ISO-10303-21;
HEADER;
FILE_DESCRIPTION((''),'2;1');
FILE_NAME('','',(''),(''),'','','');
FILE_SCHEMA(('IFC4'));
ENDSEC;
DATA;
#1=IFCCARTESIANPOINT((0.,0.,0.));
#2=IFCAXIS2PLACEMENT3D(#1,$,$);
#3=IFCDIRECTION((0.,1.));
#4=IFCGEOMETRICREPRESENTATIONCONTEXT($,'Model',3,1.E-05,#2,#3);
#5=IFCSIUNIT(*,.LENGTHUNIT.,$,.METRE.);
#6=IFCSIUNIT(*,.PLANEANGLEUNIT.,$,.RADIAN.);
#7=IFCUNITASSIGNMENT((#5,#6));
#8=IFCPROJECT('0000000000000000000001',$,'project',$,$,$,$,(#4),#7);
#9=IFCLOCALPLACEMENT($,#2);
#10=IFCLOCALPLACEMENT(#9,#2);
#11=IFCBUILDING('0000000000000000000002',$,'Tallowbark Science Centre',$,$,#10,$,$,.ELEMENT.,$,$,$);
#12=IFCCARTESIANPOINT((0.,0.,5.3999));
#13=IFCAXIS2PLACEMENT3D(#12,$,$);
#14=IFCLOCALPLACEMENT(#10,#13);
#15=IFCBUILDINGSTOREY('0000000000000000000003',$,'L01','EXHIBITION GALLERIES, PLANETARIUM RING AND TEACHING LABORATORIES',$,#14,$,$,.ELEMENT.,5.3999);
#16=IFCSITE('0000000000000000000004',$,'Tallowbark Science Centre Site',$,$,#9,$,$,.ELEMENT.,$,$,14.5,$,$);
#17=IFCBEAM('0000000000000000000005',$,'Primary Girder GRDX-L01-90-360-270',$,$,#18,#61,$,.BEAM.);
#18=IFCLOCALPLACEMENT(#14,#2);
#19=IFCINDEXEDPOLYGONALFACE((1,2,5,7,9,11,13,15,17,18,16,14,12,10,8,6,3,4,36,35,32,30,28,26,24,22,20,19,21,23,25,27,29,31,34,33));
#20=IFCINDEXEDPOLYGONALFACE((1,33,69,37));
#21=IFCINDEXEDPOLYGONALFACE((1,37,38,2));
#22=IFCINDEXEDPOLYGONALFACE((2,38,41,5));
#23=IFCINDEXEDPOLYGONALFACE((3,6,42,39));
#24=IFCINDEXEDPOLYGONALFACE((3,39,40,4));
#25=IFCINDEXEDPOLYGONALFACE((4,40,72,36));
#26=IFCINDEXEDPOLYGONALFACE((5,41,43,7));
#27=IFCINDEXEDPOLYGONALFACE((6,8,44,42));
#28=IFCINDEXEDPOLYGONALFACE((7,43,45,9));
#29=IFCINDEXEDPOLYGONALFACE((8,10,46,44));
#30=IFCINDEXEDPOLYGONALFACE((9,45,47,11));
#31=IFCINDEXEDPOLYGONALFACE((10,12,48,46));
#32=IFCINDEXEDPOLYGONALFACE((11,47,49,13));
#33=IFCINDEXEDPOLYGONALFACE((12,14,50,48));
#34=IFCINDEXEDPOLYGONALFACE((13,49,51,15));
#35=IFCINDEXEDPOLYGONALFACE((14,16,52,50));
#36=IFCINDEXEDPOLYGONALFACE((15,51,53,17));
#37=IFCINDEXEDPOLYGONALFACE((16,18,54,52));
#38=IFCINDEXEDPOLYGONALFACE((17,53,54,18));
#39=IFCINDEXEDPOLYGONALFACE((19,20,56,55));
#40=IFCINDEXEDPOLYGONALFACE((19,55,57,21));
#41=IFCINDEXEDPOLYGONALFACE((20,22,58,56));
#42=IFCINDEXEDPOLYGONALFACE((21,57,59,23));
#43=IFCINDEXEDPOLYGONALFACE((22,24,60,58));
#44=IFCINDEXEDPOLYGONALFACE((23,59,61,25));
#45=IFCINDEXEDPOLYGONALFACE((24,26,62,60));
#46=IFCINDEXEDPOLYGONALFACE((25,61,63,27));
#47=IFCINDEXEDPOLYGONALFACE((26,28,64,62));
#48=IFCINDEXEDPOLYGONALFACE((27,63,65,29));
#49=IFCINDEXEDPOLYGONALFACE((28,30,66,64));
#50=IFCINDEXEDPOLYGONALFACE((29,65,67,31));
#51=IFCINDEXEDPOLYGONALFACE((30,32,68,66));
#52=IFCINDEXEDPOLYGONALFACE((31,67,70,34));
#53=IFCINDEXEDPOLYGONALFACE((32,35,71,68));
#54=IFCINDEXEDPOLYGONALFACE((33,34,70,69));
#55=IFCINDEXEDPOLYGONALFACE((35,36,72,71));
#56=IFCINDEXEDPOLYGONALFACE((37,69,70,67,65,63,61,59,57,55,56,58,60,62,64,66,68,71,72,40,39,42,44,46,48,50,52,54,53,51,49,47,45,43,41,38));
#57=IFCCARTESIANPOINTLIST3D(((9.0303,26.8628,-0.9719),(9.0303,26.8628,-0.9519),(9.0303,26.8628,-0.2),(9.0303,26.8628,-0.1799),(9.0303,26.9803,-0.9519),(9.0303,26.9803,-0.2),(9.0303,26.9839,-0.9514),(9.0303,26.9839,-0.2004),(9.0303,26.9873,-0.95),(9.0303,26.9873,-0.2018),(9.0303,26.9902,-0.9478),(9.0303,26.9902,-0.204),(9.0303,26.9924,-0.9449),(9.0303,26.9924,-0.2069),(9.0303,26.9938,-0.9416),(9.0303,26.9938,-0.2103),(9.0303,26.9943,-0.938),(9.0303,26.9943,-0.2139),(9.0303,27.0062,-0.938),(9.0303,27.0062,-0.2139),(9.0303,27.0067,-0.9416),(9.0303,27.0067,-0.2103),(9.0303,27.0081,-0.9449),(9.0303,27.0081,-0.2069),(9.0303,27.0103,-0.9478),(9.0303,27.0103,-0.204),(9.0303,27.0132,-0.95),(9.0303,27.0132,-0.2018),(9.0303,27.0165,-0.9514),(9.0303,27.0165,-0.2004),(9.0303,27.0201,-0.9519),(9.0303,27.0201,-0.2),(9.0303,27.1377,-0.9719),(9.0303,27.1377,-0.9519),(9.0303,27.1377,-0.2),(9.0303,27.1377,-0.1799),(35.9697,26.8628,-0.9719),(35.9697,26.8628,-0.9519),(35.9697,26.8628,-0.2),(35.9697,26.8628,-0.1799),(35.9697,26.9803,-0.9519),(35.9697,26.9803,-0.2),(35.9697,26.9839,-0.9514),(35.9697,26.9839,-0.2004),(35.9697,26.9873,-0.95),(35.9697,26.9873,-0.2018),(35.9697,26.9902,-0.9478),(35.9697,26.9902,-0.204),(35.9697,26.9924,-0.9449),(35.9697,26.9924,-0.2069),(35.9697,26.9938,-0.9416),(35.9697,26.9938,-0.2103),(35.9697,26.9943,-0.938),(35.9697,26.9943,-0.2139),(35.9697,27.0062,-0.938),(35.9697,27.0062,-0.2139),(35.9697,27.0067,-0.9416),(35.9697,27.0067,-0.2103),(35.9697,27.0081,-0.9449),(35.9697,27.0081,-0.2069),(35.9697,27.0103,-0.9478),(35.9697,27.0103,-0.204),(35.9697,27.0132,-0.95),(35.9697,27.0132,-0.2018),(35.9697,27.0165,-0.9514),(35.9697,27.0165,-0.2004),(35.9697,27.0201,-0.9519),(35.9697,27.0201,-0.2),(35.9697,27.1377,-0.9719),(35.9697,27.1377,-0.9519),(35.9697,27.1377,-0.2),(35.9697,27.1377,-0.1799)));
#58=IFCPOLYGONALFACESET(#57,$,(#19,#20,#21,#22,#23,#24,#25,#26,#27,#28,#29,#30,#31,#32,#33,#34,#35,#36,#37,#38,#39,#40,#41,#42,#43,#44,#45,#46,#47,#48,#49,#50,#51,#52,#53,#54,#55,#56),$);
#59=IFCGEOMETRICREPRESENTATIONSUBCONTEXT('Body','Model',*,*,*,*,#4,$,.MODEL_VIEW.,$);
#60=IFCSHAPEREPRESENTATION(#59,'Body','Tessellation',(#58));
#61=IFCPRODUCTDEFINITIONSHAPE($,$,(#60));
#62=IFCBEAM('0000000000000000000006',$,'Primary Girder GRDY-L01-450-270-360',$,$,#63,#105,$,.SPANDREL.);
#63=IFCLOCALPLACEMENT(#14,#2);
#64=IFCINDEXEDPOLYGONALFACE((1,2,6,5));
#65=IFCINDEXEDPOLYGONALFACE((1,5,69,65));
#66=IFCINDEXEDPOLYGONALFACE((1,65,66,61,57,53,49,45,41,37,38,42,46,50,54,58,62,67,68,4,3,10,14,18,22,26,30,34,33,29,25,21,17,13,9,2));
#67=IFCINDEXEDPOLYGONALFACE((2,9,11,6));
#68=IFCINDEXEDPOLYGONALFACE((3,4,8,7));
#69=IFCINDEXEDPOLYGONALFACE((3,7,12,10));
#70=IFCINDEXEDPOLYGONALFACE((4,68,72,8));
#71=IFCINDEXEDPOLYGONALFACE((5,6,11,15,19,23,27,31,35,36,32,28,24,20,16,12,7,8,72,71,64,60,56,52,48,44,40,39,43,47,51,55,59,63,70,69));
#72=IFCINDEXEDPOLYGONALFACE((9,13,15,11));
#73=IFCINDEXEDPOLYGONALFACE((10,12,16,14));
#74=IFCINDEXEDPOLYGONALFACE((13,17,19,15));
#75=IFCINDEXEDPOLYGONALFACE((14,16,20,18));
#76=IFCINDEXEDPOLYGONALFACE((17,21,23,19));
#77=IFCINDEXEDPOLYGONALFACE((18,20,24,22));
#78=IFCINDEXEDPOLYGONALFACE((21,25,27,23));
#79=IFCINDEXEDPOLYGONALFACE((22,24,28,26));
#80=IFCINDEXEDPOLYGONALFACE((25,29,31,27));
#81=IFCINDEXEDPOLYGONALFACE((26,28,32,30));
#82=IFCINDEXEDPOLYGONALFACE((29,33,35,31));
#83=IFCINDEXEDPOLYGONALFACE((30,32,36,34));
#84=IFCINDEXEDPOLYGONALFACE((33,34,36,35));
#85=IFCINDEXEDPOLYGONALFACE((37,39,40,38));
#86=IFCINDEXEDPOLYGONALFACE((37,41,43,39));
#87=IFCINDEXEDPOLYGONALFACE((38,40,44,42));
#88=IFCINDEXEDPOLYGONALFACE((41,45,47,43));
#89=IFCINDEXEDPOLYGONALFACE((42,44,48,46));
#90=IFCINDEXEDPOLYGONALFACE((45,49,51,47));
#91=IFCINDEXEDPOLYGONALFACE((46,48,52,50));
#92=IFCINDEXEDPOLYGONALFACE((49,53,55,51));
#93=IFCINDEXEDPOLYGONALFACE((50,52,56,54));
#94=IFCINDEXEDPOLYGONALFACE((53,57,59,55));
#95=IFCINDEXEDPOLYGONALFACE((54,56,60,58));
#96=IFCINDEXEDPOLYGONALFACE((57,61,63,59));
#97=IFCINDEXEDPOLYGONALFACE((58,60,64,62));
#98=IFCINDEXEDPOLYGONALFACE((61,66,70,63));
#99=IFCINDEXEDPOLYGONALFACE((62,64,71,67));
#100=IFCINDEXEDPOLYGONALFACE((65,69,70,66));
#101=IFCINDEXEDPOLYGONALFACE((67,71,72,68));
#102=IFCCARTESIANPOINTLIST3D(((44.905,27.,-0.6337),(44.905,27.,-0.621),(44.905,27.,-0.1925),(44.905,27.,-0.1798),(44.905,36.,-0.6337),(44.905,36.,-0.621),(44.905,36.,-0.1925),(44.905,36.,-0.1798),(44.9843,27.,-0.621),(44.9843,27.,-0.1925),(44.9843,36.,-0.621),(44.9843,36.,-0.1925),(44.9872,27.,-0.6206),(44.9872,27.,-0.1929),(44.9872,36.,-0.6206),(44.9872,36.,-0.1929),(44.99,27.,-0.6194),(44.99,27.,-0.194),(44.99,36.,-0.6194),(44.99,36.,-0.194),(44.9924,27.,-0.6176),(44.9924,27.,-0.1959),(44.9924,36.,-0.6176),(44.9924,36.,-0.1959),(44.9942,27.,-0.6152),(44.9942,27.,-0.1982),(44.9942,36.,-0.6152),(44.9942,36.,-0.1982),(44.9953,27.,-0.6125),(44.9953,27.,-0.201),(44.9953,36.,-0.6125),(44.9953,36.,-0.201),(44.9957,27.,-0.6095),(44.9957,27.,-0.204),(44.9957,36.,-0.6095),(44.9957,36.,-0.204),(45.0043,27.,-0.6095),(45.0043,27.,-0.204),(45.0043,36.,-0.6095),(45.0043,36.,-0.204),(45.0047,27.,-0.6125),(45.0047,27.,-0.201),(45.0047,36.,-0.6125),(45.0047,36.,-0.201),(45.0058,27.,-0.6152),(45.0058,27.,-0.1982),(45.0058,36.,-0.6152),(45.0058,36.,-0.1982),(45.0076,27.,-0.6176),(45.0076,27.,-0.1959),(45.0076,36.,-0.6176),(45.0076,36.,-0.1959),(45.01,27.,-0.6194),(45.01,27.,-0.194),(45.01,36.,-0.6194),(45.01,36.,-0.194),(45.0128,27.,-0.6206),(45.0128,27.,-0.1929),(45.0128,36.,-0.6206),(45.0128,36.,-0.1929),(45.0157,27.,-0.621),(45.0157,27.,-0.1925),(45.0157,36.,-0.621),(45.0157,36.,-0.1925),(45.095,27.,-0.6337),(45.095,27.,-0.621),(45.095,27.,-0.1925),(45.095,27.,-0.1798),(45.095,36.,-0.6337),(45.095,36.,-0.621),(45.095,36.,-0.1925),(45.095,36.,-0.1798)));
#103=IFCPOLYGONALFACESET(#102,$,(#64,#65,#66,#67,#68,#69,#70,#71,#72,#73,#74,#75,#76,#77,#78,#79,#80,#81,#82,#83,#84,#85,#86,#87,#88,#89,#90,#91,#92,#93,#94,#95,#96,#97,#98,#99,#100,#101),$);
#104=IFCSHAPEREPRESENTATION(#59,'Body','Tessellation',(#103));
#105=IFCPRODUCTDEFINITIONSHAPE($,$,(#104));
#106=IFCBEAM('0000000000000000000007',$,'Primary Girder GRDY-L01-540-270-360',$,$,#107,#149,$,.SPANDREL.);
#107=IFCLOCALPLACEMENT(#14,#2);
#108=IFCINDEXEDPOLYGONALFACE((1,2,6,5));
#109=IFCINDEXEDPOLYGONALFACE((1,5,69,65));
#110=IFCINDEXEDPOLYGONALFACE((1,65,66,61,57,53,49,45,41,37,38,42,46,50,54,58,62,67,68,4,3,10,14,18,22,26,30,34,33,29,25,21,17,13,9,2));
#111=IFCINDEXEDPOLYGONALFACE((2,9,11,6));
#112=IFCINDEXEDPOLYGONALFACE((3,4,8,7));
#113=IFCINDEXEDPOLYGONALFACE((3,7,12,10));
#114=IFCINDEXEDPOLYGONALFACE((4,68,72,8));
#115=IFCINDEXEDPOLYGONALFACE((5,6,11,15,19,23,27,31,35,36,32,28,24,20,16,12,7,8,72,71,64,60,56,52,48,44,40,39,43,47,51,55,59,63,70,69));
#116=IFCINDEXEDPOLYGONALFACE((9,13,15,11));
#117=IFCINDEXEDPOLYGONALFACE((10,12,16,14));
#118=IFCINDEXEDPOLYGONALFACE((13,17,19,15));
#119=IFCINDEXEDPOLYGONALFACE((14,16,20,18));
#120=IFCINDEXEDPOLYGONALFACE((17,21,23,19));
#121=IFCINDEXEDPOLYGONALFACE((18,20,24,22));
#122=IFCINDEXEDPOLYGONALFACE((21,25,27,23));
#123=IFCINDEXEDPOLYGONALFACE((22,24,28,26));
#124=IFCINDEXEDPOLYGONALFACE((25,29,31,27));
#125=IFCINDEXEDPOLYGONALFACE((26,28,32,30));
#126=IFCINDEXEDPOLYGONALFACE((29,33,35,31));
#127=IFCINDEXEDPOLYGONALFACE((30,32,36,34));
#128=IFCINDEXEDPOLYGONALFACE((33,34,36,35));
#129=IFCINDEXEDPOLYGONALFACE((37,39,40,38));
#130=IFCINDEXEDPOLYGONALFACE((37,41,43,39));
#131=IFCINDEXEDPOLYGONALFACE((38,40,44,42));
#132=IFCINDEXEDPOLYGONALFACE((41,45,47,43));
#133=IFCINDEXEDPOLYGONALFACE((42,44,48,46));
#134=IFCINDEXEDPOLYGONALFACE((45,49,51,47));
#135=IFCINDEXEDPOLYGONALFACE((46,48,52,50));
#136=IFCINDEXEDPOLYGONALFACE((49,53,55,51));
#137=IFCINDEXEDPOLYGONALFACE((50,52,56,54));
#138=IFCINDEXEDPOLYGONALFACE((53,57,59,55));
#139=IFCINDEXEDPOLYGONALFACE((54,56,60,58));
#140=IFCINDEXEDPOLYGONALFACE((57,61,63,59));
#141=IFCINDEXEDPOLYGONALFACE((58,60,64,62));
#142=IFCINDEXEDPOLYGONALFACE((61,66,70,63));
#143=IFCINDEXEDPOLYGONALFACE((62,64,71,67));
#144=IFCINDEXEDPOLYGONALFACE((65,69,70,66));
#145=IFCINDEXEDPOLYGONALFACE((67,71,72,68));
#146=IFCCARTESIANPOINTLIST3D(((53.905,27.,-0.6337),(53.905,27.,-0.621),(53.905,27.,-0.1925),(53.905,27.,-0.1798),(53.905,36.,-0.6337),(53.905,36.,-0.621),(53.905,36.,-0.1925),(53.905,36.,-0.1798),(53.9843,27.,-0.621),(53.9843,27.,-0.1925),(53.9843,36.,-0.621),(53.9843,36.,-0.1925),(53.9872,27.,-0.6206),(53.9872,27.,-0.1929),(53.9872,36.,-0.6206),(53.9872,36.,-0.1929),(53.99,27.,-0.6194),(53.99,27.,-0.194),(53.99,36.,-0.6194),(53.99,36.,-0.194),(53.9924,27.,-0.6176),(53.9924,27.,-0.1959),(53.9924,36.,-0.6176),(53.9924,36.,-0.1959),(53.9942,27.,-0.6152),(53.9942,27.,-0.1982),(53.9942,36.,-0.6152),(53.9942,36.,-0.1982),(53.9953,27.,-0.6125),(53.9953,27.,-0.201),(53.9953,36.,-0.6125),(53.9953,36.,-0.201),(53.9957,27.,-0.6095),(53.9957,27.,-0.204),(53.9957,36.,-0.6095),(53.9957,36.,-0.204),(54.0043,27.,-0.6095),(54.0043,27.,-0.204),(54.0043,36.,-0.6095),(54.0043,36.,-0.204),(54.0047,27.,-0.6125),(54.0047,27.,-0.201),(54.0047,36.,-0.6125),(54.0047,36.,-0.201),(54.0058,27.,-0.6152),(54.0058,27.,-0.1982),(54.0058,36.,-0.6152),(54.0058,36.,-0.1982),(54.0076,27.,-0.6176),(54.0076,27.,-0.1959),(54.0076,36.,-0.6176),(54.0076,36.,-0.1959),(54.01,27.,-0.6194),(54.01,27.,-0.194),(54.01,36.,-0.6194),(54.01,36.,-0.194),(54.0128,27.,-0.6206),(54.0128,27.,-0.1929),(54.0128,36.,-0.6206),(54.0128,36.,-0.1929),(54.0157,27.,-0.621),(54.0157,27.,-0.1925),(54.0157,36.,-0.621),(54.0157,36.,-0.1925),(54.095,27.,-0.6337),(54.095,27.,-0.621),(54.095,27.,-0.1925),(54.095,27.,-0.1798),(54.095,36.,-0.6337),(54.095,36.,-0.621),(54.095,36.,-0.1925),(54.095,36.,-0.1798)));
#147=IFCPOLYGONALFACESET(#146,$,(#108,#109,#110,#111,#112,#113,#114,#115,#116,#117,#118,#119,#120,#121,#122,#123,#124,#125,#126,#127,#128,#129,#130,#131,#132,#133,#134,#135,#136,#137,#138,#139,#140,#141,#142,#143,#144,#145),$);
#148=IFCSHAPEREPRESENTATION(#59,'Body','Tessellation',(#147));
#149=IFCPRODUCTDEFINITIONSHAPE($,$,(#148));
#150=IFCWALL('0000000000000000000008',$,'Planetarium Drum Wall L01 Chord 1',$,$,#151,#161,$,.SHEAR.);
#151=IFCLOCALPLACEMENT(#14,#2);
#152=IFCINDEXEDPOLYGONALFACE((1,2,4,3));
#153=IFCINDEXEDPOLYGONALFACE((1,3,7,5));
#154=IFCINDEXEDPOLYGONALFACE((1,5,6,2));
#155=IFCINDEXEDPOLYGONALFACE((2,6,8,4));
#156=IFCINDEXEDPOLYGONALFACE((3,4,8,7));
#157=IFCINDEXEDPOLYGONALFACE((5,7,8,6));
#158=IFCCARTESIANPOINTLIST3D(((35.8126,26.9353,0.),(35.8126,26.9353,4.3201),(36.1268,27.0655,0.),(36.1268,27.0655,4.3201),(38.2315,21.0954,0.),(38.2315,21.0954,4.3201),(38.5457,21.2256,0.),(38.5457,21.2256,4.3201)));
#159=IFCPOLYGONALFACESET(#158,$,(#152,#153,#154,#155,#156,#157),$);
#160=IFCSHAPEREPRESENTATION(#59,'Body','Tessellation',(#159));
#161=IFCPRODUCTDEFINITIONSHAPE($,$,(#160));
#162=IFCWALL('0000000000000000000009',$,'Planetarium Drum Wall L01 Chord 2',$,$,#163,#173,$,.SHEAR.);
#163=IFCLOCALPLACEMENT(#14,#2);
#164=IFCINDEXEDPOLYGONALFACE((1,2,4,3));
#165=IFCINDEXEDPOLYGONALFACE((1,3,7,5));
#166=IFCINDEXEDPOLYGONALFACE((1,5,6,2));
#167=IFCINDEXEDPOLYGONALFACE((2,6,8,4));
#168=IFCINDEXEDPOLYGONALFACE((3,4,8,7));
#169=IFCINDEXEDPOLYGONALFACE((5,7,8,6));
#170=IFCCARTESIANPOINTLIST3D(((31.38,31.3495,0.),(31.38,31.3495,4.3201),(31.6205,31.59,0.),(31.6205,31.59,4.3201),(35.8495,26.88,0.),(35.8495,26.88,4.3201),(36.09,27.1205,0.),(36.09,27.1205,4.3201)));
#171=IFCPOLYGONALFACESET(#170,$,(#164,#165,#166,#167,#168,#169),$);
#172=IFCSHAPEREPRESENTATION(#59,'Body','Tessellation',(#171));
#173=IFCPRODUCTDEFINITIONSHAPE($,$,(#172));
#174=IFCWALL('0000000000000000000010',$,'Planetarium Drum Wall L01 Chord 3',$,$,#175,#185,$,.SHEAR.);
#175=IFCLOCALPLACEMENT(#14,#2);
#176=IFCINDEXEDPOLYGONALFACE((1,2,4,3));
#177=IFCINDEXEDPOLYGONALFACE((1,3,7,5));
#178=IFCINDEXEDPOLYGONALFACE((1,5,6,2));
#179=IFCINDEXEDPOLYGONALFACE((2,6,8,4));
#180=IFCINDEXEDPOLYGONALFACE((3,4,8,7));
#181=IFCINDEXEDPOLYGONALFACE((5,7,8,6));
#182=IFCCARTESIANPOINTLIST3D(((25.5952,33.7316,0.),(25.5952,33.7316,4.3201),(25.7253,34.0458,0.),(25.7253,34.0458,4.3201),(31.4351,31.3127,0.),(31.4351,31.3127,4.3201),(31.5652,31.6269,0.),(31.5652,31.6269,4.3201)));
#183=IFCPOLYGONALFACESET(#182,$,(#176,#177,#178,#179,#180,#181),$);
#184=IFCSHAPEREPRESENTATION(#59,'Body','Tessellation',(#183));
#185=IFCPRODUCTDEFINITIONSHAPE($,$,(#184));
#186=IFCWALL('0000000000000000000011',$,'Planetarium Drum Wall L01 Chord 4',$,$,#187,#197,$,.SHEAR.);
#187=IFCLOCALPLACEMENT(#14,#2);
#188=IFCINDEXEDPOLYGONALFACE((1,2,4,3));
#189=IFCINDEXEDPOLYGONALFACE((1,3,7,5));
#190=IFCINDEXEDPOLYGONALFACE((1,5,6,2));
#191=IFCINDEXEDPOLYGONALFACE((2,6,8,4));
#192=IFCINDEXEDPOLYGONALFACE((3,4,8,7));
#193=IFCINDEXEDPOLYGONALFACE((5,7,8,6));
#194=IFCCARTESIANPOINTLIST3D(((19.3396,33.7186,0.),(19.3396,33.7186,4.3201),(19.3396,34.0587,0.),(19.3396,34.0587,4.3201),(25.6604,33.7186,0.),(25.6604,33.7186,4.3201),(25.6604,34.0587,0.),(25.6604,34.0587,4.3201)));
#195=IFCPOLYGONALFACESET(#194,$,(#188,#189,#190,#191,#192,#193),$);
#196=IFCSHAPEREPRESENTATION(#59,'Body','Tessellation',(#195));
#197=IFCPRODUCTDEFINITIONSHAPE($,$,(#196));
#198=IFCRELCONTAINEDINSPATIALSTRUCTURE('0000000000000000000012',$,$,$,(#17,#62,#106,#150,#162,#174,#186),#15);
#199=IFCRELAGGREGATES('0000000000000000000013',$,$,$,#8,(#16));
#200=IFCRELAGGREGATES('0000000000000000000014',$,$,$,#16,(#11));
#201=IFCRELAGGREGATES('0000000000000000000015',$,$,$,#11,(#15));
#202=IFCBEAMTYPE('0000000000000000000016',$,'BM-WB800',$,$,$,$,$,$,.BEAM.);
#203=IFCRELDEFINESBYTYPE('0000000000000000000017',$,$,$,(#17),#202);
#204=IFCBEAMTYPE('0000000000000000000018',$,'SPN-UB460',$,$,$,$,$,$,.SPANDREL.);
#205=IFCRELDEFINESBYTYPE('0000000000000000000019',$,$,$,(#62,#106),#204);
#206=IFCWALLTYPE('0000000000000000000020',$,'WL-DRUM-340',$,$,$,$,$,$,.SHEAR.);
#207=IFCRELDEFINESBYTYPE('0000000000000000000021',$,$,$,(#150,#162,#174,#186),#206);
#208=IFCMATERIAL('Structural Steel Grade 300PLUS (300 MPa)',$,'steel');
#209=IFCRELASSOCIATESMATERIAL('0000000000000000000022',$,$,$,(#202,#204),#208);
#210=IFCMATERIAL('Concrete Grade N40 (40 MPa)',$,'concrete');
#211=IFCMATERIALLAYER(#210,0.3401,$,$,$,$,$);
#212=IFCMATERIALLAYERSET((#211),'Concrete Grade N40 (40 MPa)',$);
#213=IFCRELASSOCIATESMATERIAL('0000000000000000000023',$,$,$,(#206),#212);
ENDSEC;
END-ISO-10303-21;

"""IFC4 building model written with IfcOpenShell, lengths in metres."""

from ifc_helpers import new_model, si_unit, direction, frame, frame_2d, origin, origin_2d, place, context, subcontext, project, spatial, rectangle, i_section, extrude, material, layer, layer_set, material_profile, profile_set, type_object, element, save


model = new_model("IFC4")

# Units and contexts
model_context = context("Model", 3, precision=1e-05, world=origin(), true_north=direction((0.0, 1.0)))
body_context = subcontext(model_context, "Body", "Model", "MODEL_VIEW")
ifc_project = project(units=[si_unit("LENGTHUNIT", "METRE"), si_unit("PLANEANGLEUNIT", "RADIAN")], contexts=[model_context])

# Site, building, storey
site_placement = place(None, origin())
site = spatial("IfcSite", under=ifc_project, at=site_placement, Name="Tallowbark Science Centre Site", CompositionType="ELEMENT", RefElevation=14.5)
building_placement = place(site_placement, origin())
building = spatial("IfcBuilding", under=site, at=building_placement, Name="Tallowbark Science Centre", CompositionType="ELEMENT")
storey_placement = place(building_placement, frame((0.0, 0.0, 5.3999)))
storey = spatial("IfcBuildingStorey", under=building, at=storey_placement, Name="L01", Description="EXHIBITION GALLERIES, PLANETARIUM RING AND TEACHING LABORATORIES", CompositionType="ELEMENT", Elevation=5.3999)

# Shared definitions
ifc_material_1 = material(Name="Structural Steel Grade 300PLUS (300 MPa)", Category="steel")

# Beams
ifc_material_profile_1 = material_profile(ifc_material_1, i_section(OverallWidth=0.2749, OverallDepth=0.792, WebThickness=0.012, FlangeThickness=0.02, FilletRadius=0.0139, at=origin_2d()), Name="800WB146")
ifc_profile_set_1 = profile_set([ifc_material_profile_1], Name="Structural Steel Grade 300PLUS (300 MPa)")
beam_type_1 = type_object("IfcBeamType", Name="BM-WB800", PredefinedType="BEAM", material=ifc_profile_set_1)
beam_1_placement = place(storey_placement, frame((9.0303, 27.0002, -0.5759), z_axis=(1.0, 0.0, 0.0), x_axis=(0.0, 1.0, 0.0)))
element("IfcBeam", 1, at=beam_1_placement, inside=storey, type_object=beam_type_1, Name="Primary Girder GRDX-L01-90-360-270", PredefinedType="BEAM", context=body_context, shape_type="SweptSolid", body=[
    extrude(i_section(OverallWidth=0.2749, OverallDepth=0.792, WebThickness=0.012, FlangeThickness=0.02, FilletRadius=0.0139, at=origin_2d()), origin(), (0.0, 0.0, 1.0), 26.9395),
])
ifc_material_profile_2 = material_profile(ifc_material_1, i_section(OverallWidth=0.1899, OverallDepth=0.4539, WebThickness=0.0085, FlangeThickness=0.0127, FilletRadius=0.0115, at=origin_2d()), Name="460UB67.1")
ifc_profile_set_2 = profile_set([ifc_material_profile_2], Name="Structural Steel Grade 300PLUS (300 MPa)")
beam_type_2 = type_object("IfcBeamType", Name="SPN-UB460", PredefinedType="SPANDREL", material=ifc_profile_set_2)
for number, where, z_axis, x_axis, name in (
    (2, (45.0, 27.0, -0.4067), (0.0, 1.0, 0.0), (-1.0, 0.0, 0.0), "Primary Girder GRDY-L01-450-270-360"),
    (3, (54.0, 27.0, -0.4067), (0.0, 1.0, 0.0), (-1.0, 0.0, 0.0), "Primary Girder GRDY-L01-540-270-360"),
):
    element("IfcBeam", number, at=place(storey_placement, frame(where, z_axis=z_axis, x_axis=x_axis)), inside=storey, type_object=beam_type_2, Name=name, PredefinedType="SPANDREL", context=body_context, shape_type="SweptSolid", body=[
        extrude(i_section(OverallWidth=0.1899, OverallDepth=0.4539, WebThickness=0.0085, FlangeThickness=0.0127, FilletRadius=0.0115, at=origin_2d()), origin(), (0.0, 0.0, 1.0), 9.0),
    ])

# Walls
ifc_material_2 = material(Name="Concrete Grade N40 (40 MPa)", Category="concrete")
ifc_layer_1 = layer(ifc_material_2, 0.3401)
ifc_layer_set_1 = layer_set([ifc_layer_1], Name="Concrete Grade N40 (40 MPa)")
wall_type = type_object("IfcWallType", Name="WL-DRUM-340", PredefinedType="SHEAR", material=ifc_layer_set_1)
wall_1_placement = place(storey_placement, frame((38.3887, 21.1604, 0.0), z_axis=(0.0, 0.0, 1.0), x_axis=(-0.382684, 0.923879, 0.0)))
element("IfcWall", 4, at=wall_1_placement, inside=storey, type_object=wall_type, Name="Planetarium Drum Wall L01 Chord 1", PredefinedType="SHEAR", context=body_context, shape_type="SweptSolid", body=[
    extrude(rectangle(XDim=6.321, YDim=0.3401, at=frame_2d((3.1606, 0.0))), origin(), (0.0, 0.0, 1.0), 4.3201),
])
wall_2_placement = place(storey_placement, frame((35.9697, 27.0002, 0.0), z_axis=(0.0, 0.0, 1.0), x_axis=(-0.707107, 0.707107, 0.0)))
element("IfcWall", 5, at=wall_2_placement, inside=storey, type_object=wall_type, Name="Planetarium Drum Wall L01 Chord 2", PredefinedType="SHEAR", context=body_context, shape_type="SweptSolid", body=[
    extrude(rectangle(XDim=6.3208, YDim=0.3401, at=frame_2d((3.1604, 0.0))), origin(), (0.0, 0.0, 1.0), 4.3201),
])
wall_3_placement = place(storey_placement, frame((31.5002, 31.4697, 0.0), z_axis=(0.0, 0.0, 1.0), x_axis=(-0.923879, 0.382684, 0.0)))
element("IfcWall", 6, at=wall_3_placement, inside=storey, type_object=wall_type, Name="Planetarium Drum Wall L01 Chord 3", PredefinedType="SHEAR", context=body_context, shape_type="SweptSolid", body=[
    extrude(rectangle(XDim=6.321, YDim=0.3401, at=frame_2d((3.1606, 0.0))), origin(), (0.0, 0.0, 1.0), 4.3201),
])
wall_4_placement = place(storey_placement, frame((25.6604, 33.8887, 0.0), z_axis=(0.0, 0.0, 1.0), x_axis=(-1.0, 0.0, 0.0)))
element("IfcWall", 7, at=wall_4_placement, inside=storey, type_object=wall_type, Name="Planetarium Drum Wall L01 Chord 4", PredefinedType="SHEAR", context=body_context, shape_type="SweptSolid", body=[
    extrude(rectangle(XDim=6.3208, YDim=0.3401, at=frame_2d((3.1604, 0.0))), origin(), (0.0, 0.0, 1.0), 4.3201),
])

save(model, "model.ifc")
